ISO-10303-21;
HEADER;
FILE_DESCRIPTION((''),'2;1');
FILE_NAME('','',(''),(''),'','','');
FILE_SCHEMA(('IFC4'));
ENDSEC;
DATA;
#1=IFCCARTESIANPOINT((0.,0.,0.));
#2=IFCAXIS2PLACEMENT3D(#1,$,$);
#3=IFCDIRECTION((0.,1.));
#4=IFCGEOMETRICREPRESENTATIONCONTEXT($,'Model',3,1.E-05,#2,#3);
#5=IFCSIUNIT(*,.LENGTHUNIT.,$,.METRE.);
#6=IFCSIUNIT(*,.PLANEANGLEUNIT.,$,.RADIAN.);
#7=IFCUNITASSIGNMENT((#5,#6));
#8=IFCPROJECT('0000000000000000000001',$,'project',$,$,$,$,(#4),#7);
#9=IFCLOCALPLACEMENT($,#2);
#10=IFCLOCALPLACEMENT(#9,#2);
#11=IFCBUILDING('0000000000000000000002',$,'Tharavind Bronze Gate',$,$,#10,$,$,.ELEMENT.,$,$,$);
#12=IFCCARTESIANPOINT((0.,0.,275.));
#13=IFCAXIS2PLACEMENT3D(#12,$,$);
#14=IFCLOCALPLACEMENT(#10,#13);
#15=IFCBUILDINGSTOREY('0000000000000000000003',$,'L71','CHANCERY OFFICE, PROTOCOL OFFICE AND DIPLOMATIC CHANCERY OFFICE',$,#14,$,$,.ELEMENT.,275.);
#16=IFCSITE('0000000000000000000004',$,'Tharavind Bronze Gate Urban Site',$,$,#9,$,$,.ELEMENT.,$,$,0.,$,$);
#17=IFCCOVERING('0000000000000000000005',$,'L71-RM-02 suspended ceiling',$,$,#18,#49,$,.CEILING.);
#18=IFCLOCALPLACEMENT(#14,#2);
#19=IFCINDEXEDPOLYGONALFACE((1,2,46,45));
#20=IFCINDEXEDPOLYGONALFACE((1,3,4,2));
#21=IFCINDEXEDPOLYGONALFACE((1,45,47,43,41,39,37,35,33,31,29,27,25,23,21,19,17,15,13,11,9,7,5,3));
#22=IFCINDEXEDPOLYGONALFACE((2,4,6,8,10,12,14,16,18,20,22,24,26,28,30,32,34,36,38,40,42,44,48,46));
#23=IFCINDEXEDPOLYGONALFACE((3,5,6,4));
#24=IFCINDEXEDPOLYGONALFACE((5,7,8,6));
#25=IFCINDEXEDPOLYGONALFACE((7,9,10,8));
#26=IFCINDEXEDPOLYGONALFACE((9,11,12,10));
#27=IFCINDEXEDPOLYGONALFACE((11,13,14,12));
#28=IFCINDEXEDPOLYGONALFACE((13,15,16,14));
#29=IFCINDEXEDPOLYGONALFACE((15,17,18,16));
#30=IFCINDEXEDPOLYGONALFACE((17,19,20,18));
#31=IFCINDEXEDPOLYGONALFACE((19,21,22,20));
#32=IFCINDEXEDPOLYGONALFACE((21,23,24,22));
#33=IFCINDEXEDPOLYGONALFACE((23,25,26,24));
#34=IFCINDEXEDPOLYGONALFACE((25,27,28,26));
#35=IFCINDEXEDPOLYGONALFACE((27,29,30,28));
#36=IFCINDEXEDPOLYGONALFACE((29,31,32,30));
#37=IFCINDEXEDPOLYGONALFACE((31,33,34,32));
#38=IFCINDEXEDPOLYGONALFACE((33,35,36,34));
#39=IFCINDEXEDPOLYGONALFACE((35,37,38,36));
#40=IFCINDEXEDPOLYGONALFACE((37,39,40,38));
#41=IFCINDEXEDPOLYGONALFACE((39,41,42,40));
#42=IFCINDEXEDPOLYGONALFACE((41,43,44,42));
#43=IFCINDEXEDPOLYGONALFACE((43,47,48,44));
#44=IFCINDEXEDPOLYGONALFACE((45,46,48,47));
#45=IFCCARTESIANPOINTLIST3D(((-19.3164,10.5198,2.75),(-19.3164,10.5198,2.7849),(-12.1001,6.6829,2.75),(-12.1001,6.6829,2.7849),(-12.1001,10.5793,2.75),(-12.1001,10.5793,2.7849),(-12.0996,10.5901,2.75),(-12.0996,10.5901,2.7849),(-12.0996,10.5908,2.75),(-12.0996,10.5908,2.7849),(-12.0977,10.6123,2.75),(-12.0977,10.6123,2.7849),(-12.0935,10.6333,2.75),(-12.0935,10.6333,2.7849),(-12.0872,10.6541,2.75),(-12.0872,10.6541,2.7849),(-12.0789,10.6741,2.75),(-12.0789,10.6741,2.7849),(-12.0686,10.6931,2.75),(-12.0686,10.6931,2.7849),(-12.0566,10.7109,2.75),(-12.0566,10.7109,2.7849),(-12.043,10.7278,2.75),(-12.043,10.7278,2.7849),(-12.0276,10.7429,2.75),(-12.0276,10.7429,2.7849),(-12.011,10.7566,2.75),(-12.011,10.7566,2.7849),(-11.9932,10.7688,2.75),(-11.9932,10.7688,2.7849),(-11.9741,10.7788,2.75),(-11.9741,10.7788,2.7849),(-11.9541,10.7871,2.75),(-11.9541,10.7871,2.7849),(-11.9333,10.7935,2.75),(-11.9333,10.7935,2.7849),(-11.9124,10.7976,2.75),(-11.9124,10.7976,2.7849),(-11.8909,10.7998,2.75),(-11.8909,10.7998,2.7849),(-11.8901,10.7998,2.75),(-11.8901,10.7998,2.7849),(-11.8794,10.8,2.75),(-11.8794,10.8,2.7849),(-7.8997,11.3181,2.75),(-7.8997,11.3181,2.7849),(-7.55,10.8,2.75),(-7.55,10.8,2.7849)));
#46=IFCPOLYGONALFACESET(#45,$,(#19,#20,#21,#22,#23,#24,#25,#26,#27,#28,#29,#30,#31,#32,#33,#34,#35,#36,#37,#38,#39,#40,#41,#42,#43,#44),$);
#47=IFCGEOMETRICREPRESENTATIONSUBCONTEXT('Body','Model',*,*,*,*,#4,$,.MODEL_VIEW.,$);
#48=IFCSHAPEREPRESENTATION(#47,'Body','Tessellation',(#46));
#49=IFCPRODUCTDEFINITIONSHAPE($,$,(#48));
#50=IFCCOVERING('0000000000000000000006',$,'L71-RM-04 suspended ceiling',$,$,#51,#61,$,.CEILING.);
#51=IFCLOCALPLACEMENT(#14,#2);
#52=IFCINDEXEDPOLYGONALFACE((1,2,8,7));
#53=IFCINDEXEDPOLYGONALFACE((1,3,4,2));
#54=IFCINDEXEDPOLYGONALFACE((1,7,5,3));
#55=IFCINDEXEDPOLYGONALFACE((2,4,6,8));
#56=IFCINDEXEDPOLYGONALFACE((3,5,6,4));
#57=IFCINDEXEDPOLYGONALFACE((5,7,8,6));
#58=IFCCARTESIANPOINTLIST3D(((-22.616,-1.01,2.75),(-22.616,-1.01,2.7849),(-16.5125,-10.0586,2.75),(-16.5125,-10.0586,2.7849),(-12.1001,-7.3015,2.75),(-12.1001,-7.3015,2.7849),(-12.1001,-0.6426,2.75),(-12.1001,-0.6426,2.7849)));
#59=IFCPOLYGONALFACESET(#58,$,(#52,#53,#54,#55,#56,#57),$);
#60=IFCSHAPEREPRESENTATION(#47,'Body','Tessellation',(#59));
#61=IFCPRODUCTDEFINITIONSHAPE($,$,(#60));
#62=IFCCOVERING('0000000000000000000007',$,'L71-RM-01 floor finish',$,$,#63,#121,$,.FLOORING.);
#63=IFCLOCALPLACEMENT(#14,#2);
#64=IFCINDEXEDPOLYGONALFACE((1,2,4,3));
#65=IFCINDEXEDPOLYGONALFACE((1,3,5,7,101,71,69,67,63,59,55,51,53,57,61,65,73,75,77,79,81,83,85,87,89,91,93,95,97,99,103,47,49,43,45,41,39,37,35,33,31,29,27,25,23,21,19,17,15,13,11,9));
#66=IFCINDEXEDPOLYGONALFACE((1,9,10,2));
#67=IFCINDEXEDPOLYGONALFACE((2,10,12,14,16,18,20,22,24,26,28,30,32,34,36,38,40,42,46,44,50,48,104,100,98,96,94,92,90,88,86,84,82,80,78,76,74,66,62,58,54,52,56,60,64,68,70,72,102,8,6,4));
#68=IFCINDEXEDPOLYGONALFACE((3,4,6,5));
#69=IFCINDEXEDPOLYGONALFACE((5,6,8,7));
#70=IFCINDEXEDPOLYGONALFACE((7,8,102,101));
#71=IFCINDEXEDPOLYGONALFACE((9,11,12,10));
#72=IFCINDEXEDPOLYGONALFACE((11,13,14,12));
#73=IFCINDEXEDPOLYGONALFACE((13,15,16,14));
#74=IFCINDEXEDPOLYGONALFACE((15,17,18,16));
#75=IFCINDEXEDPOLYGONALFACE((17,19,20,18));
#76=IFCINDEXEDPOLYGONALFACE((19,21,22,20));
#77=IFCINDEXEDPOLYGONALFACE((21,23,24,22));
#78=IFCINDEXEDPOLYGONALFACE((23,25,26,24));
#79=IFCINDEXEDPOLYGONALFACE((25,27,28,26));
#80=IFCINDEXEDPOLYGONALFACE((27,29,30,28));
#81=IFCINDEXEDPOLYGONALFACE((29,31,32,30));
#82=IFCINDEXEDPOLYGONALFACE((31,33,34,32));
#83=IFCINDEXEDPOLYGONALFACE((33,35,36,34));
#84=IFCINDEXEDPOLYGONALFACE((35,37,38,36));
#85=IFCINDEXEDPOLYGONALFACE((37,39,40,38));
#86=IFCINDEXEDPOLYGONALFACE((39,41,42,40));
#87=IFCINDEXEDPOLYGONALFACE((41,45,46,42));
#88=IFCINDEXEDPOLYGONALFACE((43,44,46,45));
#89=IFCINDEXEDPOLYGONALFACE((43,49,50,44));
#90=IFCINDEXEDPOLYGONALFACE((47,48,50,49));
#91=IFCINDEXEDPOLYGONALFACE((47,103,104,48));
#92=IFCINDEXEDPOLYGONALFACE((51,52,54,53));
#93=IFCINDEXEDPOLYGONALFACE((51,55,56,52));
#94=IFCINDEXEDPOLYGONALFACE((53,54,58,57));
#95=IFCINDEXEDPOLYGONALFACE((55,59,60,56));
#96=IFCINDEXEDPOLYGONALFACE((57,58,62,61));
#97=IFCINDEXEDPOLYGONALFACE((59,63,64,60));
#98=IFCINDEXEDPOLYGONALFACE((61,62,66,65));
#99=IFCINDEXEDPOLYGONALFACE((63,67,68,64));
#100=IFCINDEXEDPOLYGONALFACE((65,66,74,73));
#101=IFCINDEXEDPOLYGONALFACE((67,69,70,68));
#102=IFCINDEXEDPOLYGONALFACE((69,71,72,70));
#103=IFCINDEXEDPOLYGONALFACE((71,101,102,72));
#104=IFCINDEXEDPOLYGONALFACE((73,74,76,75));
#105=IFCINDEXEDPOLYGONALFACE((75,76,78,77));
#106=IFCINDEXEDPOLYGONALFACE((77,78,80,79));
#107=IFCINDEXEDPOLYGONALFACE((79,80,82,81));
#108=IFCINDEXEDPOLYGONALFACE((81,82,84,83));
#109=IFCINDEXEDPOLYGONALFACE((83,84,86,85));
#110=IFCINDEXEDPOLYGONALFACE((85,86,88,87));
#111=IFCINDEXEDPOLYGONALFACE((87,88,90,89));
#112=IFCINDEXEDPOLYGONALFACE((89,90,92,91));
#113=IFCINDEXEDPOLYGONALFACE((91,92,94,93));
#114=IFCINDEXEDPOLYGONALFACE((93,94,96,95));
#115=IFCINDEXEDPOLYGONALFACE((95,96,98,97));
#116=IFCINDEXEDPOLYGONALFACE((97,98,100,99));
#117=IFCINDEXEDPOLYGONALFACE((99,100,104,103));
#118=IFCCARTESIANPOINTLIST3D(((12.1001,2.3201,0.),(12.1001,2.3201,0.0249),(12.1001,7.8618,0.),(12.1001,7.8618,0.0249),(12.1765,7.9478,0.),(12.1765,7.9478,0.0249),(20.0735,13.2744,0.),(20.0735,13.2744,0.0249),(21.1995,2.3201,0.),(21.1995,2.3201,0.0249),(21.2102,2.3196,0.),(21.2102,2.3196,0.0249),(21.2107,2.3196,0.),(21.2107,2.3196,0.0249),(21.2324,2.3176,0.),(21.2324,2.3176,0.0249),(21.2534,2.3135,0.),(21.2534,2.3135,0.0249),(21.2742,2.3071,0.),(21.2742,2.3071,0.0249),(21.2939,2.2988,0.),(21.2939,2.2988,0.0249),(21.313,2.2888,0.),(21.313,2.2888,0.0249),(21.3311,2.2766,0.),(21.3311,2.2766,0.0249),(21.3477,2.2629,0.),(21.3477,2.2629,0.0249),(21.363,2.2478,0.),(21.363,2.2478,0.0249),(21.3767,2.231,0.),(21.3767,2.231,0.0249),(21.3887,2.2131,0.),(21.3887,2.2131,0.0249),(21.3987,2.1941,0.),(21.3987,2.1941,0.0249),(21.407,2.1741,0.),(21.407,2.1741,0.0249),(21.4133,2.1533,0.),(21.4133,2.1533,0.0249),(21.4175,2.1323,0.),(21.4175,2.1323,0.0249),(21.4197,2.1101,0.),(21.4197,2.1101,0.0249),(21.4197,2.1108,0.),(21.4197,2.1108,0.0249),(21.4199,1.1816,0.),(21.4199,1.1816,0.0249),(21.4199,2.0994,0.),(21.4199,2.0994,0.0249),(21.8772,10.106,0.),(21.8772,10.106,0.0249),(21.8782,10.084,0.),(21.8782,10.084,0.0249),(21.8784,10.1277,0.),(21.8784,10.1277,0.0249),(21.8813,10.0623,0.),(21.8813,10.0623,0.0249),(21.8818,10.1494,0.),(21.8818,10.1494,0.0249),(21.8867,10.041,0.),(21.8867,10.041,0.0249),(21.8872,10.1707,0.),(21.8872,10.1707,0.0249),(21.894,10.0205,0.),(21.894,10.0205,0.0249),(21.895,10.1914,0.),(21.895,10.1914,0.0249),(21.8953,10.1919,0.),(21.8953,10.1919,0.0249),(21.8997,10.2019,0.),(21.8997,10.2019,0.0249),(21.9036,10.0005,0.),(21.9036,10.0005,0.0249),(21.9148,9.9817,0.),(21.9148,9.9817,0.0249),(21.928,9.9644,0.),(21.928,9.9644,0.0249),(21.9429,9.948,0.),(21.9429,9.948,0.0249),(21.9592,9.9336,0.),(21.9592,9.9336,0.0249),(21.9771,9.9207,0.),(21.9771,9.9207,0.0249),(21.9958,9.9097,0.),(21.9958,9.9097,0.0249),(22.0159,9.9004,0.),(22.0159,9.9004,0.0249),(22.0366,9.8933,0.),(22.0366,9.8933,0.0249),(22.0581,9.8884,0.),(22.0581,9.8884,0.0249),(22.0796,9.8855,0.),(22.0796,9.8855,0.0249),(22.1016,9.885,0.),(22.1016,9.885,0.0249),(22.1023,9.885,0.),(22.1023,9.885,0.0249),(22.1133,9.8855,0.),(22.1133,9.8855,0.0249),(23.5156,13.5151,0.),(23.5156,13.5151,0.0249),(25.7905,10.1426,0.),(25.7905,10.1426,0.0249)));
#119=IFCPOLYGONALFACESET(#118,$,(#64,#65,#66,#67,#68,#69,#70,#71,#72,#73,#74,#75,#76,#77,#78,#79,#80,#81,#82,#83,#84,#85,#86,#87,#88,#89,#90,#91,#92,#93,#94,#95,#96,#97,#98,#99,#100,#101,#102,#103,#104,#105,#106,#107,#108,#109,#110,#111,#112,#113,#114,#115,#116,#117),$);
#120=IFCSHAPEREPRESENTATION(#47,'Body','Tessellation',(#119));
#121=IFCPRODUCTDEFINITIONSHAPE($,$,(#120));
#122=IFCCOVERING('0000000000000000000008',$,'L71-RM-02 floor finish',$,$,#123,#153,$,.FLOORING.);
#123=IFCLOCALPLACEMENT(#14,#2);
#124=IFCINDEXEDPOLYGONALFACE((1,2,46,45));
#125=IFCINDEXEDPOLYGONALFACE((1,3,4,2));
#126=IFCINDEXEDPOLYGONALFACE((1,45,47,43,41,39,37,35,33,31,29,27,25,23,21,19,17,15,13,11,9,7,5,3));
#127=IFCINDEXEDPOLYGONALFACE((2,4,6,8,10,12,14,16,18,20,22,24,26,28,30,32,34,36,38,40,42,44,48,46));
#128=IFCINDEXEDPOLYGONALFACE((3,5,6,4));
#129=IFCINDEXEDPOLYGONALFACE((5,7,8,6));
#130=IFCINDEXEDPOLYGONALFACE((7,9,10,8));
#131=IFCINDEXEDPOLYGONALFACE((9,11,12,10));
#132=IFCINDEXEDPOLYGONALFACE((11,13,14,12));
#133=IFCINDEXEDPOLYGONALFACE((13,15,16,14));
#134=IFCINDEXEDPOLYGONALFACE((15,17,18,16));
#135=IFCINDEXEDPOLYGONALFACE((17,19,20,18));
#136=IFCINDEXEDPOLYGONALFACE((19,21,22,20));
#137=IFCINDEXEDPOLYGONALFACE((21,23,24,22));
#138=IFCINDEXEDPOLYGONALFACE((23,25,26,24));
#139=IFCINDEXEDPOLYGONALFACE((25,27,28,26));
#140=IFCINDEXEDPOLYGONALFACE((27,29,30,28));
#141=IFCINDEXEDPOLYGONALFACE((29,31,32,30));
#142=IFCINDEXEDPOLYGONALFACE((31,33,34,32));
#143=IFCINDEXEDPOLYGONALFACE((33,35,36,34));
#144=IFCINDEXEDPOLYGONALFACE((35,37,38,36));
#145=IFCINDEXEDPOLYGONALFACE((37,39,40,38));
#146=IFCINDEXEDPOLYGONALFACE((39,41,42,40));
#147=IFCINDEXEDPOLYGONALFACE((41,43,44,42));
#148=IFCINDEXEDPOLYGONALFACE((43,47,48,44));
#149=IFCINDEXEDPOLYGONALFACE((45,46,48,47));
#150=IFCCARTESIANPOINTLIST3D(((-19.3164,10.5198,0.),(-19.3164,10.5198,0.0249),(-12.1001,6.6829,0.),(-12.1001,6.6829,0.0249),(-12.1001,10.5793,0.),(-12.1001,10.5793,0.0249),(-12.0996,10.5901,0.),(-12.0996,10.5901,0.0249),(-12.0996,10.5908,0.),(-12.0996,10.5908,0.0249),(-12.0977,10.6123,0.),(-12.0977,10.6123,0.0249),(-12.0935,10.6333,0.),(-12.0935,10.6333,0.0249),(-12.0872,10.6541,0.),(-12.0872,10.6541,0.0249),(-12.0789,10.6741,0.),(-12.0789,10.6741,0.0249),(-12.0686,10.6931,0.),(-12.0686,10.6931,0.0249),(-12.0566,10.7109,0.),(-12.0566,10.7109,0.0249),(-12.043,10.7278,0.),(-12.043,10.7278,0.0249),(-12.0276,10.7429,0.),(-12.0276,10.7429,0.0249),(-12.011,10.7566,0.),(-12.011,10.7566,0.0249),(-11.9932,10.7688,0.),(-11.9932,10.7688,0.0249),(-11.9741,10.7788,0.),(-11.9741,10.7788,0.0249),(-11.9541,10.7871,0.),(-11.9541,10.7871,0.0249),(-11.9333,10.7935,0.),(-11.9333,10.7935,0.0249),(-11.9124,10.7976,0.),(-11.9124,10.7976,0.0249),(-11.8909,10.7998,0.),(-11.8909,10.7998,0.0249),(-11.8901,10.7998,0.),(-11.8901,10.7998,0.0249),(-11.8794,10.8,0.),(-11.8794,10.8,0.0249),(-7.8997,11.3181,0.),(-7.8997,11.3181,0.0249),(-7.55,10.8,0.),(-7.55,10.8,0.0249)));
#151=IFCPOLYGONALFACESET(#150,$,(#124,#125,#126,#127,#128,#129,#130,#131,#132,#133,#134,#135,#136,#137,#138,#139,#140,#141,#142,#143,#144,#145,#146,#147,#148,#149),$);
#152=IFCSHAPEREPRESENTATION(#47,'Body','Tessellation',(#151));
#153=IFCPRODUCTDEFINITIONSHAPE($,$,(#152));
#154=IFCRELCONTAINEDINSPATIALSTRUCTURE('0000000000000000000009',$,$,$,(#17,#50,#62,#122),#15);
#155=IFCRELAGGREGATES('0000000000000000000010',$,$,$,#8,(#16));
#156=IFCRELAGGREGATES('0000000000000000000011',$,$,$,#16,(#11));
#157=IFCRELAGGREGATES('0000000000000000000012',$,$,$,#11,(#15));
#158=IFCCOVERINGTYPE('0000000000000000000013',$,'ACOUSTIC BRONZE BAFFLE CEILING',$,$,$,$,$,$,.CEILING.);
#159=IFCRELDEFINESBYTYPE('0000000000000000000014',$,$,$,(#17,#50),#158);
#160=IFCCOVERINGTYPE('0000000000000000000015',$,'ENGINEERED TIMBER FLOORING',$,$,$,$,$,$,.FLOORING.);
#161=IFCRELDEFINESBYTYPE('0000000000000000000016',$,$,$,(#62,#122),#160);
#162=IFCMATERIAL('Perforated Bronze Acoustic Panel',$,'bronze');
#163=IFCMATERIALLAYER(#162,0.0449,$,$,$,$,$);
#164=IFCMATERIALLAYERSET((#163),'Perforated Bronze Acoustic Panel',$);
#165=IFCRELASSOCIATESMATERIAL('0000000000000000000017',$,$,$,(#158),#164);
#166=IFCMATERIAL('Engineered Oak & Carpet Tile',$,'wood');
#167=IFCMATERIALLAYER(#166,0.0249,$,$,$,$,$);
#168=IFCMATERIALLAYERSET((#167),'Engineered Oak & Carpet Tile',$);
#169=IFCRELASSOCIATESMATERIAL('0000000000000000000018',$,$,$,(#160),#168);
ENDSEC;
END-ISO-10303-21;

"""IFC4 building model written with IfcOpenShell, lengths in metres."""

from ifc_helpers import new_model, si_unit, direction, frame, origin, place, context, subcontext, project, spatial, polyline, outline, extrude, material, layer, layer_set, type_object, element, save


model = new_model("IFC4")

# Units and contexts
model_context = context("Model", 3, precision=1e-05, world=origin(), true_north=direction((0.0, 1.0)))
body_context = subcontext(model_context, "Body", "Model", "MODEL_VIEW")
ifc_project = project(units=[si_unit("LENGTHUNIT", "METRE"), si_unit("PLANEANGLEUNIT", "RADIAN")], contexts=[model_context])

# Site, building, storey
site_placement = place(None, origin())
site = spatial("IfcSite", under=ifc_project, at=site_placement, Name="Tharavind Bronze Gate Urban Site", CompositionType="ELEMENT", RefElevation=0.0)
building_placement = place(site_placement, origin())
building = spatial("IfcBuilding", under=site, at=building_placement, Name="Tharavind Bronze Gate", CompositionType="ELEMENT")
storey_placement = place(building_placement, frame((0.0, 0.0, 275.0)))
storey = spatial("IfcBuildingStorey", under=building, at=storey_placement, Name="L71", Description="CHANCERY OFFICE, PROTOCOL OFFICE AND DIPLOMATIC CHANCERY OFFICE", CompositionType="ELEMENT", Elevation=275.0)

# Coverings
ifc_material_1 = material(Name="Perforated Bronze Acoustic Panel", Category="bronze")
ifc_layer_1 = layer(ifc_material_1, 0.0449)
ifc_layer_set_1 = layer_set([ifc_layer_1], Name="Perforated Bronze Acoustic Panel")
covering_type_1 = type_object("IfcCoveringType", Name="ACOUSTIC BRONZE BAFFLE CEILING", PredefinedType="CEILING", material=ifc_layer_set_1)
covering_1_placement = place(storey_placement, frame((0.0, 0.0, 2.75)))
element("IfcCovering", 1, at=covering_1_placement, inside=storey, type_object=covering_type_1, Name="L71-RM-02 suspended ceiling", PredefinedType="CEILING", context=body_context, shape_type="SweptSolid", body=[
    extrude(outline(polyline([(-12.1001, 6.6829), (-12.1001, 10.5793), (-12.0996, 10.5901), (-12.0996, 10.5908), (-12.0977, 10.6123), (-12.0935, 10.6333), (-12.0872, 10.6541), (-12.0789, 10.6741), (-12.0686, 10.6931), (-12.0566, 10.7109), (-12.043, 10.7278), (-12.0276, 10.7429), (-12.011, 10.7566), (-11.9932, 10.7688), (-11.9741, 10.7788), (-11.9541, 10.7871), (-11.9333, 10.7935), (-11.9124, 10.7976), (-11.8909, 10.7998), (-11.8901, 10.7998), (-11.8794, 10.8), (-7.55, 10.8), (-7.8997, 11.3181), (-19.3164, 10.5198), (-12.1001, 6.6829)])), origin(), (0.0, 0.0, 1.0), 0.0349),
])
covering_2_placement = place(storey_placement, frame((0.0, 0.0, 2.75)))
element("IfcCovering", 2, at=covering_2_placement, inside=storey, type_object=covering_type_1, Name="L71-RM-04 suspended ceiling", PredefinedType="CEILING", context=body_context, shape_type="SweptSolid", body=[
    extrude(outline(polyline([(-16.5125, -10.0586), (-12.1001, -7.3015), (-12.1001, -0.6426), (-22.616, -1.01), (-16.5125, -10.0586)])), origin(), (0.0, 0.0, 1.0), 0.0349),
])
ifc_material_2 = material(Name="Engineered Oak & Carpet Tile", Category="wood")
ifc_layer_2 = layer(ifc_material_2, 0.0249)
ifc_layer_set_2 = layer_set([ifc_layer_2], Name="Engineered Oak & Carpet Tile")
covering_type_2 = type_object("IfcCoveringType", Name="ENGINEERED TIMBER FLOORING", PredefinedType="FLOORING", material=ifc_layer_set_2)
covering_3_placement = place(storey_placement, origin())
element("IfcCovering", 3, at=covering_3_placement, inside=storey, type_object=covering_type_2, Name="L71-RM-01 floor finish", PredefinedType="FLOORING", context=body_context, shape_type="SweptSolid", body=[
    extrude(outline(polyline([(21.1995, 2.3201), (21.2102, 2.3196), (21.2107, 2.3196), (21.2324, 2.3176), (21.2534, 2.3135), (21.2742, 2.3071), (21.2939, 2.2988), (21.313, 2.2888), (21.3311, 2.2766), (21.3477, 2.2629), (21.363, 2.2478), (21.3767, 2.231), (21.3887, 2.2131), (21.3987, 2.1941), (21.407, 2.1741), (21.4133, 2.1533), (21.4175, 2.1323), (21.4197, 2.1108), (21.4197, 2.1101), (21.4199, 2.0994), (21.4199, 1.1816), (25.7905, 10.1426), (22.1133, 9.8855), (22.1023, 9.885), (22.1016, 9.885), (22.0796, 9.8855), (22.0581, 9.8884), (22.0366, 9.8933), (22.0159, 9.9004), (21.9958, 9.9097), (21.9771, 9.9207), (21.9592, 9.9336), (21.9429, 9.948), (21.928, 9.9644), (21.9148, 9.9817), (21.9036, 10.0005), (21.894, 10.0205), (21.8867, 10.041), (21.8813, 10.0623), (21.8782, 10.084), (21.8772, 10.106), (21.8784, 10.1277), (21.8818, 10.1494), (21.8872, 10.1707), (21.895, 10.1914), (21.8953, 10.1919), (21.8997, 10.2019), (23.5156, 13.5151), (20.0735, 13.2744), (12.1765, 7.9478), (12.1001, 7.8618), (12.1001, 2.3201), (21.1995, 2.3201)])), origin(), (0.0, 0.0, 1.0), 0.0249),
])
covering_4_placement = place(storey_placement, origin())
element("IfcCovering", 4, at=covering_4_placement, inside=storey, type_object=covering_type_2, Name="L71-RM-02 floor finish", PredefinedType="FLOORING", context=body_context, shape_type="SweptSolid", body=[
    extrude(outline(polyline([(-12.1001, 6.6829), (-12.1001, 10.5793), (-12.0996, 10.5901), (-12.0996, 10.5908), (-12.0977, 10.6123), (-12.0935, 10.6333), (-12.0872, 10.6541), (-12.0789, 10.6741), (-12.0686, 10.6931), (-12.0566, 10.7109), (-12.043, 10.7278), (-12.0276, 10.7429), (-12.011, 10.7566), (-11.9932, 10.7688), (-11.9741, 10.7788), (-11.9541, 10.7871), (-11.9333, 10.7935), (-11.9124, 10.7976), (-11.8909, 10.7998), (-11.8901, 10.7998), (-11.8794, 10.8), (-7.55, 10.8), (-7.8997, 11.3181), (-19.3164, 10.5198), (-12.1001, 6.6829)])), origin(), (0.0, 0.0, 1.0), 0.0249),
])

save(model, "model.ifc")
